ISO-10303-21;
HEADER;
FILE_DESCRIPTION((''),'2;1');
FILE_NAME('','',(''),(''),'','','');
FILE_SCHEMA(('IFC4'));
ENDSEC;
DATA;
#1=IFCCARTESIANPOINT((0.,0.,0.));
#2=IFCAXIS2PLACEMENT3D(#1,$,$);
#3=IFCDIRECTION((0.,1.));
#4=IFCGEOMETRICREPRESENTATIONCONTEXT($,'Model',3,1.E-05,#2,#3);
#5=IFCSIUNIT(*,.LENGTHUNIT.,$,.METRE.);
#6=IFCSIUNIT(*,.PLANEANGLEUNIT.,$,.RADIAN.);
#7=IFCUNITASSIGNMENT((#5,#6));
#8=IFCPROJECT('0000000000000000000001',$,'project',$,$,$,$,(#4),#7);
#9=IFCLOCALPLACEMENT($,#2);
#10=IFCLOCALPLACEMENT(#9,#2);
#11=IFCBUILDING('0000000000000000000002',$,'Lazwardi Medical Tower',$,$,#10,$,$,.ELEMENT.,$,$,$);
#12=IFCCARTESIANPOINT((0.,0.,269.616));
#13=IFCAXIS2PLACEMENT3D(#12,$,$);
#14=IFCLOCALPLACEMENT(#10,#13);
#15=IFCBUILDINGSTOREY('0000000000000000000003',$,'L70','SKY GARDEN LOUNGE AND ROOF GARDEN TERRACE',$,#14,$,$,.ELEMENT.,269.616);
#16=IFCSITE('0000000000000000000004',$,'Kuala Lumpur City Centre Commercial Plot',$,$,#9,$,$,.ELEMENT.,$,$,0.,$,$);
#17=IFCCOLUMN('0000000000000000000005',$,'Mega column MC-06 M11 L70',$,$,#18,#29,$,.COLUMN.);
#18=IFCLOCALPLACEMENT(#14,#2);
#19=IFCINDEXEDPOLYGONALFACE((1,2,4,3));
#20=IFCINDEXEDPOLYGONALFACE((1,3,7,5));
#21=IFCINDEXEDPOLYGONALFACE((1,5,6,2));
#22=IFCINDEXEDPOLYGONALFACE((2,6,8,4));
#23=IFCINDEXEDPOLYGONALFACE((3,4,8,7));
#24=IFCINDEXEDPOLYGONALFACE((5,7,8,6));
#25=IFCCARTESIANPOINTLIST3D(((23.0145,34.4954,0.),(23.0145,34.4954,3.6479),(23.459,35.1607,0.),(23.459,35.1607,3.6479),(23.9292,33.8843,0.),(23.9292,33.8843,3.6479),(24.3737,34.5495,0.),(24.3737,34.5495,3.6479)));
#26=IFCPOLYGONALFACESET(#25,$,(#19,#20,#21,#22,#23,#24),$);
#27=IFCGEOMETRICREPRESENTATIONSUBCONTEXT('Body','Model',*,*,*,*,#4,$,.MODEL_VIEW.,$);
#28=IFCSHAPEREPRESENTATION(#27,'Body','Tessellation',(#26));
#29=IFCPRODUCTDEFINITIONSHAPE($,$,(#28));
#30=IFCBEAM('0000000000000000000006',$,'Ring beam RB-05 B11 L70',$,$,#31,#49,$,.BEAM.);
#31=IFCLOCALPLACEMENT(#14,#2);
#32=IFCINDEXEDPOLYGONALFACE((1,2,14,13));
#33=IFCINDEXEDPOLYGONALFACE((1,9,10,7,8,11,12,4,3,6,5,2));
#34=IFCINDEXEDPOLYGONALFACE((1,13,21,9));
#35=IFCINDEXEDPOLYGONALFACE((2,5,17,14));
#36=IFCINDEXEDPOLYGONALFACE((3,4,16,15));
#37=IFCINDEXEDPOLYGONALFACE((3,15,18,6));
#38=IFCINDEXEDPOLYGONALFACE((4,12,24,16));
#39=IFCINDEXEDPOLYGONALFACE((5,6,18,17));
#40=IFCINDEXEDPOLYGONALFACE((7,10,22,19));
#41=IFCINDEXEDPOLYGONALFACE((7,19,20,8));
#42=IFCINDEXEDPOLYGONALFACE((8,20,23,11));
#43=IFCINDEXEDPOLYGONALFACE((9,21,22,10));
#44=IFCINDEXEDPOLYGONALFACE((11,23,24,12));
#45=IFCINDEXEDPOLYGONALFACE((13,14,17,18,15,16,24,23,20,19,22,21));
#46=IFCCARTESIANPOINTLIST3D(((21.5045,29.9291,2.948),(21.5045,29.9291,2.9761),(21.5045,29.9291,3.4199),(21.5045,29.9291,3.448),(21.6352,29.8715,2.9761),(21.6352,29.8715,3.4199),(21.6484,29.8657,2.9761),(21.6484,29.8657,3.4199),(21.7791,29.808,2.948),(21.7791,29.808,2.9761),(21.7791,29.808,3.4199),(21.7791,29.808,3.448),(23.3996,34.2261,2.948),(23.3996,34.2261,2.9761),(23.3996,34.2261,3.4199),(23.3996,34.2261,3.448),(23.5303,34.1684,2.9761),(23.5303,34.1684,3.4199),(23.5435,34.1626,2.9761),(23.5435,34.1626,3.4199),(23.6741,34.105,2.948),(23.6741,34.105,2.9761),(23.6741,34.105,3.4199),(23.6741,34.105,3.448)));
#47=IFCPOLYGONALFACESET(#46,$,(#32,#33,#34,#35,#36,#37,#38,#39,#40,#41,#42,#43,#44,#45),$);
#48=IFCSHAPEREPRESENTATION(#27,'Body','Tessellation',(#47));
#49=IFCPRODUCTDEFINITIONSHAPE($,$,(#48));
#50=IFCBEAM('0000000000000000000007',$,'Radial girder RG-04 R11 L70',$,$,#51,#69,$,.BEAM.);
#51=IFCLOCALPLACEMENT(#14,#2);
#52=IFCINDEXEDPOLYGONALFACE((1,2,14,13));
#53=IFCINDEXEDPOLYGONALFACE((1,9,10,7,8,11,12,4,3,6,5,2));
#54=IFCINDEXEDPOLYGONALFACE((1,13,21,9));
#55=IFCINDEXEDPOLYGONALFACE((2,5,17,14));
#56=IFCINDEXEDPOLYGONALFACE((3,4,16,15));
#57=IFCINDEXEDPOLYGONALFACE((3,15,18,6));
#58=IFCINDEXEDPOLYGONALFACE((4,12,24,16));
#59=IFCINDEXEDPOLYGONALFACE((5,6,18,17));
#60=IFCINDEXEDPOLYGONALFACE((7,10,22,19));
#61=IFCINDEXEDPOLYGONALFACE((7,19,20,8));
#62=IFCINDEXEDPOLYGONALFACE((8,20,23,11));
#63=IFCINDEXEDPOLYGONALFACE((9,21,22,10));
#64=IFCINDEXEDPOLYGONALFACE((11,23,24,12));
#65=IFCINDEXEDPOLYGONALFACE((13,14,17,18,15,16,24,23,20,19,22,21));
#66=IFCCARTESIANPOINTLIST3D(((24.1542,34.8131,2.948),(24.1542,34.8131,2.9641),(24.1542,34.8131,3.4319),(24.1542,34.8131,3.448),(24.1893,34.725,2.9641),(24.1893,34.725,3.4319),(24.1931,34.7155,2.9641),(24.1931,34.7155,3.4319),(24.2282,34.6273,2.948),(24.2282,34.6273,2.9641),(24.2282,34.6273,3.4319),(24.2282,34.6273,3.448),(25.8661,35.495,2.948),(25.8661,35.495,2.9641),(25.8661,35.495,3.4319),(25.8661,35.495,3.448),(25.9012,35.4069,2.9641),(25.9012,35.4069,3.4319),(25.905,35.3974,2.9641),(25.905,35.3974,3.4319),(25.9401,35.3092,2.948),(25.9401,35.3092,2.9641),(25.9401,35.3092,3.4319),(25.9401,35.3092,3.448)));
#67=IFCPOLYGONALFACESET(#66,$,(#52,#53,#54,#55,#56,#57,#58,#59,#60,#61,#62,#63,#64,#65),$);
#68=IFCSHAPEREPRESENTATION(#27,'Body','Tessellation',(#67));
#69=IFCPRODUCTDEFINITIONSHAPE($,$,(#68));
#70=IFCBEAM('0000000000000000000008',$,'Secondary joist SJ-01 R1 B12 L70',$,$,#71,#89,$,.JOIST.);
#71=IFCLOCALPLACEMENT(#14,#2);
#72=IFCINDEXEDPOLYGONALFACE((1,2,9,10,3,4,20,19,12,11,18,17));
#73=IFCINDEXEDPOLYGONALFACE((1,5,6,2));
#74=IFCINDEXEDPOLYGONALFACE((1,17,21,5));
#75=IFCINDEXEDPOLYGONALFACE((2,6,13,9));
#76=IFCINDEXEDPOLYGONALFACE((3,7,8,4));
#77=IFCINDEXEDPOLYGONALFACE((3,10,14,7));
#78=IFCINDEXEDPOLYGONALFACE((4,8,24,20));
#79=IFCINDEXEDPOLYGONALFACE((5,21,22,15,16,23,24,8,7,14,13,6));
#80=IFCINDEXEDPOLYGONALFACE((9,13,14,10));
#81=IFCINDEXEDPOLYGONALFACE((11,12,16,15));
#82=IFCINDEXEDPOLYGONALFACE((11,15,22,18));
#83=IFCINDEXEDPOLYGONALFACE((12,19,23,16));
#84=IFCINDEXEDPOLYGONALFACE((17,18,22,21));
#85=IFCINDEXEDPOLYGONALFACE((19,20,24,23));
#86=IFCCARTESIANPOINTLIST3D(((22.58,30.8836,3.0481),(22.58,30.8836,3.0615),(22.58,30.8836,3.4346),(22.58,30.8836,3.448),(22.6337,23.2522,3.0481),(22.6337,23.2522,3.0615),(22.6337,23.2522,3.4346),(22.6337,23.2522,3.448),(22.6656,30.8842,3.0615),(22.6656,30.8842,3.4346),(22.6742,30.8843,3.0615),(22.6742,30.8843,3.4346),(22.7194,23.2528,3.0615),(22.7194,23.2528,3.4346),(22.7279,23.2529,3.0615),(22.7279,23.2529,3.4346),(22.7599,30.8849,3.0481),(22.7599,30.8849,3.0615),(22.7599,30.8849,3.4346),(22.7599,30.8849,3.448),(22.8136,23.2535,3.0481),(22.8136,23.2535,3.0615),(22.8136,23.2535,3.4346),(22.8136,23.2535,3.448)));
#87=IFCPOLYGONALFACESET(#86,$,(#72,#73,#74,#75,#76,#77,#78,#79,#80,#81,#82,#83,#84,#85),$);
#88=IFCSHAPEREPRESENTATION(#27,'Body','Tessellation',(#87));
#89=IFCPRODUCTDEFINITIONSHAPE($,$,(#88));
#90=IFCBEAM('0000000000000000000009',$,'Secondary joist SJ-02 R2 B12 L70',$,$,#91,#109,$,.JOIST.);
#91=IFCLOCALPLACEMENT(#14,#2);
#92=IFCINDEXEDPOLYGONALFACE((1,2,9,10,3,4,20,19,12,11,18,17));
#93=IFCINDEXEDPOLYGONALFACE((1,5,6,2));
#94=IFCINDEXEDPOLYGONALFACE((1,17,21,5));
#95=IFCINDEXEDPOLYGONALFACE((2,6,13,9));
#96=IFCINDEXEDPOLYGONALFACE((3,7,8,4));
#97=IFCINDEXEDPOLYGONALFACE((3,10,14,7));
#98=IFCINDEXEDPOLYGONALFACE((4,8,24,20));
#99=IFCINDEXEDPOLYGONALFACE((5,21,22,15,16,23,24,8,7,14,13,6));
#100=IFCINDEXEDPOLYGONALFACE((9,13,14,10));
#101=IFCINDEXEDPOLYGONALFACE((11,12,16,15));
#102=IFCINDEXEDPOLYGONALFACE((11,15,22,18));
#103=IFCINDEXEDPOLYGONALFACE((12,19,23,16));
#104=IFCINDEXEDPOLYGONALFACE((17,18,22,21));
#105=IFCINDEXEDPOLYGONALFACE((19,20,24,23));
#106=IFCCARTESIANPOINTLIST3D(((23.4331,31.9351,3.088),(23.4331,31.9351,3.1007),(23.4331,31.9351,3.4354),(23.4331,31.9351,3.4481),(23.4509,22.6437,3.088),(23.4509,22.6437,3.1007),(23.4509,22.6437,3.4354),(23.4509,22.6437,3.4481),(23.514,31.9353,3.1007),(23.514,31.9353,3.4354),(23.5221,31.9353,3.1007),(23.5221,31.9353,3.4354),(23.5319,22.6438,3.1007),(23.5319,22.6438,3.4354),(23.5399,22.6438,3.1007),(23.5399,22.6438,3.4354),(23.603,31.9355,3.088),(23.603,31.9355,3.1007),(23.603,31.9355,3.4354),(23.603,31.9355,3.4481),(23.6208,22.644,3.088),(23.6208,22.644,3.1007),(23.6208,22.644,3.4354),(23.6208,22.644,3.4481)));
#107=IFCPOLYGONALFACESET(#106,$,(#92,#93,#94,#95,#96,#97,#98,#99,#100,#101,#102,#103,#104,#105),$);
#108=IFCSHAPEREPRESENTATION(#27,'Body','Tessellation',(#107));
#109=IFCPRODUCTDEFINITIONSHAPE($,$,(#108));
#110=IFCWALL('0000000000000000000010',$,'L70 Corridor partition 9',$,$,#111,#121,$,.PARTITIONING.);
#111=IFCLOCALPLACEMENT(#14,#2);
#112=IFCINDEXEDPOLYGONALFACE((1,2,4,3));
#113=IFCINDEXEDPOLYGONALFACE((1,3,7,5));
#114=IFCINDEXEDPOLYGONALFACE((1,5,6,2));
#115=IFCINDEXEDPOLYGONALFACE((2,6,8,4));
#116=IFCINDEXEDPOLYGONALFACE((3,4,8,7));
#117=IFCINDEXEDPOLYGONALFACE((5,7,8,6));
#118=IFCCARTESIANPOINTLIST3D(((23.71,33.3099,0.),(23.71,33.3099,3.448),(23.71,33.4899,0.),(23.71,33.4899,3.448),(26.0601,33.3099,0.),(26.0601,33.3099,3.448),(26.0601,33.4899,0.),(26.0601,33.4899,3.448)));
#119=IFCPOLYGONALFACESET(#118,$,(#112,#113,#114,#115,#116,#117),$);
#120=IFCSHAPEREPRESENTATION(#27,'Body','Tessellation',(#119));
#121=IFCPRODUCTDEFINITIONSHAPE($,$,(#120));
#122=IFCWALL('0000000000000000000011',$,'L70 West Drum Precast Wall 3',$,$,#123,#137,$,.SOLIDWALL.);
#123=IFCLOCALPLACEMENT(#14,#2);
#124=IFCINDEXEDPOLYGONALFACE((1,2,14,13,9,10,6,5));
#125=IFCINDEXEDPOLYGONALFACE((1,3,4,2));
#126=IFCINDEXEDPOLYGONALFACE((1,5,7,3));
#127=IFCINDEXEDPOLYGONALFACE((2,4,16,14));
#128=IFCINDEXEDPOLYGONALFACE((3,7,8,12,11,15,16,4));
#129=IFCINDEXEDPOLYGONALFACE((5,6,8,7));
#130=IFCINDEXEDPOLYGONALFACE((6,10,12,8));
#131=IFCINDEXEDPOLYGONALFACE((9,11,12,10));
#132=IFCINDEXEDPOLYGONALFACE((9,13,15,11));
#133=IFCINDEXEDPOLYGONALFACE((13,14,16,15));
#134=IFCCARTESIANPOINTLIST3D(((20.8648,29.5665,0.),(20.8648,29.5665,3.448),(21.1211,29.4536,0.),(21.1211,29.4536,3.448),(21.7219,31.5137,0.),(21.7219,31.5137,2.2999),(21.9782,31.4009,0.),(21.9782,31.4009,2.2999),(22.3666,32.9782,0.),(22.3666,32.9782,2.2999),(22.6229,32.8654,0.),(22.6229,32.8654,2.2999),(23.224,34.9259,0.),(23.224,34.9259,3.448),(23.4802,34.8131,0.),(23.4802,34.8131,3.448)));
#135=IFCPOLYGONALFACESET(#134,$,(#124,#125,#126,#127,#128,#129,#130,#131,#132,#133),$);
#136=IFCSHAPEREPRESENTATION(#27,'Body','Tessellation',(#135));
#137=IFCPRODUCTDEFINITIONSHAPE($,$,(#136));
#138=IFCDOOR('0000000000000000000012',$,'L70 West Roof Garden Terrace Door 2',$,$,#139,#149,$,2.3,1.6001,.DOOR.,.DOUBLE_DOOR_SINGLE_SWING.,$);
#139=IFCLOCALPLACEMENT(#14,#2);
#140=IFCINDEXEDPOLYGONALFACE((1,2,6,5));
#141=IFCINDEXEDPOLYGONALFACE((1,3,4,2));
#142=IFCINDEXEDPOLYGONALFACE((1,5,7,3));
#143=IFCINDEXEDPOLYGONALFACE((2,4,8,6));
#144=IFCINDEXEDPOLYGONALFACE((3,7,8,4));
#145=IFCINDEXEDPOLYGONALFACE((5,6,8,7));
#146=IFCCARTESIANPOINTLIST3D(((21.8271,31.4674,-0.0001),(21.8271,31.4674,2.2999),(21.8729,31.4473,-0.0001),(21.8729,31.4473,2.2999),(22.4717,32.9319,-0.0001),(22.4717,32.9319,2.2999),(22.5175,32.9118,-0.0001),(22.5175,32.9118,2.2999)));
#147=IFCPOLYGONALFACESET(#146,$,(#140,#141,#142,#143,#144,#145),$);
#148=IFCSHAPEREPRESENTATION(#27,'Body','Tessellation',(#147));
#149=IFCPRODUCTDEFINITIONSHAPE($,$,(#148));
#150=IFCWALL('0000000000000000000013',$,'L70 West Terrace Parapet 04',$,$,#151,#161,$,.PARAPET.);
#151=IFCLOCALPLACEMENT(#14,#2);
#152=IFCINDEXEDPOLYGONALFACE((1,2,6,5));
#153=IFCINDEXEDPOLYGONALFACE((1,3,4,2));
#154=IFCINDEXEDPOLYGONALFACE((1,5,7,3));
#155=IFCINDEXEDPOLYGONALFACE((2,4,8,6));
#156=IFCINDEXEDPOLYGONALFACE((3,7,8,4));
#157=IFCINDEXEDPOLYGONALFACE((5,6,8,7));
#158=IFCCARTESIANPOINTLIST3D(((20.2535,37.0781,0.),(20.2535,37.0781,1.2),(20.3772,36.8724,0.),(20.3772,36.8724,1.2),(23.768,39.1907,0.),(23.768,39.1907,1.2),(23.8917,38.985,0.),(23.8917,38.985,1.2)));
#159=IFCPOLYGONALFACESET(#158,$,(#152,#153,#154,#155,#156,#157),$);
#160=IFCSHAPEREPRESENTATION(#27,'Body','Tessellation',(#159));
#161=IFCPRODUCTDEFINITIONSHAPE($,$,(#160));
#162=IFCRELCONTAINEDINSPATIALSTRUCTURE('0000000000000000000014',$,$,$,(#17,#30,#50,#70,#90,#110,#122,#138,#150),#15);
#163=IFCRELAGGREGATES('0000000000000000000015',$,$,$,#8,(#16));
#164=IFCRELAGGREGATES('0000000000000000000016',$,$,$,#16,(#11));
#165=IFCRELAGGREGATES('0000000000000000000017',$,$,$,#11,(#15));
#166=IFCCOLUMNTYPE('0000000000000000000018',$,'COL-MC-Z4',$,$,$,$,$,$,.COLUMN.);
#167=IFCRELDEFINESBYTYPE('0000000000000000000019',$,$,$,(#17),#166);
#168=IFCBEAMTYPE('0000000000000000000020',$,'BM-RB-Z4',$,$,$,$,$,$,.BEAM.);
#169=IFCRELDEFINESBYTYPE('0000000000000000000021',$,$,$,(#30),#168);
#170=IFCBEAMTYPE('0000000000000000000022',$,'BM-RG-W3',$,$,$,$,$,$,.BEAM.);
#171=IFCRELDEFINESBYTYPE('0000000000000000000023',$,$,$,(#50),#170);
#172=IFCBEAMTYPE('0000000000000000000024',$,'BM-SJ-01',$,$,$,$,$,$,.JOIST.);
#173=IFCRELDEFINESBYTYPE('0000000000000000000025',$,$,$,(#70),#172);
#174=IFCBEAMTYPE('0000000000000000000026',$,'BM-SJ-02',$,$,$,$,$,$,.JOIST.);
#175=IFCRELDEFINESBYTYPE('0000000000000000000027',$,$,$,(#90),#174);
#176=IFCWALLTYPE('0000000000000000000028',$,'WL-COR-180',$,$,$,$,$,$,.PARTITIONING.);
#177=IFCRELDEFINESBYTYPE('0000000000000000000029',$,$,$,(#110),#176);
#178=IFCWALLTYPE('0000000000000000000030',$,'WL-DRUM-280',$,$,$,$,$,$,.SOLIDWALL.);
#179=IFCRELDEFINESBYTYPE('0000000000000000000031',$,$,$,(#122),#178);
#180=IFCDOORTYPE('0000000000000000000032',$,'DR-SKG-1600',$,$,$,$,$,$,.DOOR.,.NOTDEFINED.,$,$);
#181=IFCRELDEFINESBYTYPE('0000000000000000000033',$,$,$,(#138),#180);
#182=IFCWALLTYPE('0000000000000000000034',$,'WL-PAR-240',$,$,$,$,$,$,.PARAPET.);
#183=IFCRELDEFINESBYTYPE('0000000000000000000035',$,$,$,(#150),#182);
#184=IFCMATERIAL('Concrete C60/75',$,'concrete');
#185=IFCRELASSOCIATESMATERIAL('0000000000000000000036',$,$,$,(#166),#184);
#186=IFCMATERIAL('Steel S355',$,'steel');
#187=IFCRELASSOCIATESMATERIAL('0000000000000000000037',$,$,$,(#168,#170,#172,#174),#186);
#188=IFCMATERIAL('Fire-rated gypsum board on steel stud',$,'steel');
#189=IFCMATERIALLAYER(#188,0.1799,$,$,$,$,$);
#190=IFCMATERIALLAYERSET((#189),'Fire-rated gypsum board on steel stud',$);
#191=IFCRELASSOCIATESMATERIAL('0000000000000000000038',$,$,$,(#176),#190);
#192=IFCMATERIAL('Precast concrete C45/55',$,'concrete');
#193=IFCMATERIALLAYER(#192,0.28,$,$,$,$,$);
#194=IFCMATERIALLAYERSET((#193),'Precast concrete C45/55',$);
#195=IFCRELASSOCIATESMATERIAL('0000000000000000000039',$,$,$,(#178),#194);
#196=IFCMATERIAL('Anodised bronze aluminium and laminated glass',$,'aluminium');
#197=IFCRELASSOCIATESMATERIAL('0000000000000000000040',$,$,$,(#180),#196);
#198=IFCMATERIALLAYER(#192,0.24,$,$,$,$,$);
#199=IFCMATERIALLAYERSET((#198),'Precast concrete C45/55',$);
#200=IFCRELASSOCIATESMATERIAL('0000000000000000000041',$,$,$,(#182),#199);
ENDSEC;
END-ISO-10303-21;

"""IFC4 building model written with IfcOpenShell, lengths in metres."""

from ifc_helpers import new_model, si_unit, direction, frame, frame_2d, origin, origin_2d, place, context, subcontext, project, spatial, rectangle, i_section, extrude, material, layer, layer_set, material_profile, profile_set, type_object, element, fill, save


model = new_model("IFC4")

# Units and contexts
model_context = context("Model", 3, precision=1e-05, world=origin(), true_north=direction((0.0, 1.0)))
body_context = subcontext(model_context, "Body", "Model", "MODEL_VIEW")
ifc_project = project(units=[si_unit("LENGTHUNIT", "METRE"), si_unit("PLANEANGLEUNIT", "RADIAN")], contexts=[model_context])

# Site, building, storey
site_placement = place(None, origin())
site = spatial("IfcSite", under=ifc_project, at=site_placement, Name="Kuala Lumpur City Centre Commercial Plot", CompositionType="ELEMENT", RefElevation=0.0)
building_placement = place(site_placement, origin())
building = spatial("IfcBuilding", under=site, at=building_placement, Name="Lazwardi Medical Tower", CompositionType="ELEMENT")
storey_placement = place(building_placement, frame((0.0, 0.0, 269.616)))
storey = spatial("IfcBuildingStorey", under=building, at=storey_placement, Name="L70", Description="SKY GARDEN LOUNGE AND ROOF GARDEN TERRACE", CompositionType="ELEMENT", Elevation=269.616)

# Column
ifc_material_1 = material(Name="Concrete C60/75", Category="concrete")
ifc_material_profile_1 = material_profile(ifc_material_1, rectangle(XDim=1.1001, YDim=0.8, at=origin_2d()), Name="CFT-RECT 1100x800")
ifc_profile_set_1 = profile_set([ifc_material_profile_1], Name="Concrete C60/75")
column_type = type_object("IfcColumnType", Name="COL-MC-Z4", PredefinedType="COLUMN", material=ifc_profile_set_1)
column_placement = place(storey_placement, frame((23.6941, 34.5225, 0.0), z_axis=(0.0, 0.0, 1.0), x_axis=(-0.83147, 0.55557, 0.0)))
element("IfcColumn", 1, at=column_placement, inside=storey, type_object=column_type, Name="Mega column MC-06 M11 L70", PredefinedType="COLUMN", context=body_context, shape_type="SweptSolid", body=[
    extrude(rectangle(XDim=1.1001, YDim=0.8, at=origin_2d()), origin(), (0.0, 0.0, 1.0), 3.6479),
])

# Beams
ifc_material_2 = material(Name="Steel S355", Category="steel")
ifc_material_profile_2 = material_profile(ifc_material_2, i_section(OverallWidth=0.3, OverallDepth=0.5, WebThickness=0.0144, FlangeThickness=0.0281, at=origin_2d()), Name="HEB 500")
ifc_profile_set_2 = profile_set([ifc_material_profile_2], Name="Steel S355")
beam_type_1 = type_object("IfcBeamType", Name="BM-RB-Z4", PredefinedType="BEAM", material=ifc_profile_set_2)
beam_1_placement = place(storey_placement, frame((23.5369, 34.1655, 3.198), z_axis=(-0.403522, -0.91497, 0.0), x_axis=(0.91497, -0.403522, 0.0)))
element("IfcBeam", 2, at=beam_1_placement, inside=storey, type_object=beam_type_1, Name="Ring beam RB-05 B11 L70", PredefinedType="BEAM", context=body_context, shape_type="SweptSolid", body=[
    extrude(i_section(OverallWidth=0.3, OverallDepth=0.5, WebThickness=0.0144, FlangeThickness=0.0281, at=origin_2d()), origin(), (0.0, 0.0, 1.0), 4.6963),
])
ifc_material_profile_3 = material_profile(ifc_material_2, i_section(OverallWidth=0.2, OverallDepth=0.5, WebThickness=0.0103, FlangeThickness=0.0161, at=origin_2d()), Name="IPE 500")
ifc_profile_set_3 = profile_set([ifc_material_profile_3], Name="Steel S355")
beam_type_2 = type_object("IfcBeamType", Name="BM-RG-W3", PredefinedType="BEAM", material=ifc_profile_set_3)
beam_2_placement = place(storey_placement, frame((24.1912, 34.7202, 3.198), z_axis=(0.929015, 0.370043, 0.0), x_axis=(-0.370043, 0.929015, 0.0)))
element("IfcBeam", 3, at=beam_2_placement, inside=storey, type_object=beam_type_2, Name="Radial girder RG-04 R11 L70", PredefinedType="BEAM", context=body_context, shape_type="SweptSolid", body=[
    extrude(i_section(OverallWidth=0.2, OverallDepth=0.5, WebThickness=0.0103, FlangeThickness=0.0161, at=origin_2d()), origin(), (0.0, 0.0, 1.0), 1.8428),
])
ifc_material_profile_4 = material_profile(ifc_material_2, i_section(OverallWidth=0.1799, OverallDepth=0.3999, WebThickness=0.0085, FlangeThickness=0.0134, at=origin_2d()), Name="IPE 400")
ifc_profile_set_4 = profile_set([ifc_material_profile_4], Name="Steel S355")
beam_type_3 = type_object("IfcBeamType", Name="BM-SJ-01", PredefinedType="JOIST", material=ifc_profile_set_4)
beam_3_placement = place(storey_placement, frame((22.6699, 30.8843, 3.248), z_axis=(0.007038, -0.999975, 0.0), x_axis=(0.999975, 0.007038, 0.0)))
element("IfcBeam", 4, at=beam_3_placement, inside=storey, type_object=beam_type_3, Name="Secondary joist SJ-01 R1 B12 L70", PredefinedType="JOIST", context=body_context, shape_type="SweptSolid", body=[
    extrude(i_section(OverallWidth=0.1799, OverallDepth=0.3999, WebThickness=0.0085, FlangeThickness=0.0134, at=origin_2d()), origin(), (0.0, 0.0, 1.0), 7.6316),
])
ifc_material_profile_5 = material_profile(ifc_material_2, i_section(OverallWidth=0.1699, OverallDepth=0.3601, WebThickness=0.0081, FlangeThickness=0.0127, at=origin_2d()), Name="IPE 360")
ifc_profile_set_5 = profile_set([ifc_material_profile_5], Name="Steel S355")
beam_type_4 = type_object("IfcBeamType", Name="BM-SJ-02", PredefinedType="JOIST", material=ifc_profile_set_5)
beam_4_placement = place(storey_placement, frame((23.5181, 31.9353, 3.2681), z_axis=(0.001918, -0.999998, 0.0), x_axis=(0.999998, 0.001918, 0.0)))
element("IfcBeam", 5, at=beam_4_placement, inside=storey, type_object=beam_type_4, Name="Secondary joist SJ-02 R2 B12 L70", PredefinedType="JOIST", context=body_context, shape_type="SweptSolid", body=[
    extrude(i_section(OverallWidth=0.1699, OverallDepth=0.3601, WebThickness=0.0081, FlangeThickness=0.0127, at=origin_2d()), origin(), (0.0, 0.0, 1.0), 9.2915),
])

# Wall
ifc_material_3 = material(Name="Fire-rated gypsum board on steel stud", Category="steel")
ifc_layer_1 = layer(ifc_material_3, 0.1799)
ifc_layer_set_1 = layer_set([ifc_layer_1], Name="Fire-rated gypsum board on steel stud")
wall_type_1 = type_object("IfcWallType", Name="WL-COR-180", PredefinedType="PARTITIONING", material=ifc_layer_set_1)
wall_1_placement = place(storey_placement, frame((23.71, 33.3999, 0.0), z_axis=(0.0, 0.0, 1.0), x_axis=(1.0, 0.0, 0.0)))
element("IfcWall", 6, at=wall_1_placement, inside=storey, type_object=wall_type_1, Name="L70 Corridor partition 9", PredefinedType="PARTITIONING", context=body_context, shape_type="SweptSolid", body=[
    extrude(rectangle(XDim=2.3501, YDim=0.1799, at=frame_2d((1.175, 0.0))), origin(), (0.0, 0.0, 1.0), 3.448),
])

# Wall, opening, door
ifc_material_4 = material(Name="Precast concrete C45/55", Category="concrete")
ifc_layer_2 = layer(ifc_material_4, 0.28)
ifc_layer_set_2 = layer_set([ifc_layer_2], Name="Precast concrete C45/55")
wall_type_2 = type_object("IfcWallType", Name="WL-DRUM-280", PredefinedType="SOLIDWALL", material=ifc_layer_set_2)
wall_2_placement = place(storey_placement, frame((23.3521, 34.8694, 0.0), z_axis=(0.0, 0.0, 1.0), x_axis=(-0.402883, -0.915252, 0.0)))
wall_2 = element("IfcWall", 7, at=wall_2_placement, inside=storey, type_object=wall_type_2, Name="L70 West Drum Precast Wall 3", PredefinedType="SOLIDWALL", context=body_context, shape_type="SweptSolid", body=[
    extrude(rectangle(XDim=5.8557, YDim=0.28, at=frame_2d((2.9277, 0.0))), origin(), (0.0, 0.0, 1.0), 3.448),
])
opening_placement = place(wall_2_placement, frame((2.1279, 0.0, 0.0)))
opening = element("IfcOpeningElement", 8, at=opening_placement, cuts=wall_2, PredefinedType="OPENING", context=body_context, shape_type="SweptSolid", body=[
    extrude(rectangle(XDim=1.6001, YDim=2.3, at=frame_2d((0.8, 1.1499))), frame((0.0, 0.1499, 0.0), z_axis=(0.0, -1.0, 0.0), x_axis=(1.0, 0.0, 0.0)), (0.0, 0.0, 1.0), 0.3),
])
ifc_material_5 = material(Name="Anodised bronze aluminium and laminated glass", Category="aluminium")
door_type = type_object("IfcDoorType", Name="DR-SKG-1600", OperationType="NOTDEFINED", PredefinedType="DOOR", material=ifc_material_5)
door_placement = place(opening_placement, origin())
door = element("IfcDoor", 9, at=door_placement, inside=storey, type_object=door_type, Name="L70 West Roof Garden Terrace Door 2", OperationType="DOUBLE_DOOR_SINGLE_SWING", OverallHeight=2.3, OverallWidth=1.6001, PredefinedType="DOOR", context=body_context, shape_type="SweptSolid", body=[
    extrude(rectangle(XDim=1.6001, YDim=2.3, at=frame_2d((0.8, 1.1499))), frame((0.0, 0.0249, 0.0), z_axis=(0.0, -1.0, 0.0), x_axis=(1.0, 0.0, 0.0)), (0.0, 0.0, 1.0), 0.05),
])
fill(opening, door)

# Wall
ifc_layer_3 = layer(ifc_material_4, 0.24)
ifc_layer_set_3 = layer_set([ifc_layer_3], Name="Precast concrete C45/55")
wall_type_3 = type_object("IfcWallType", Name="WL-PAR-240", PredefinedType="PARAPET", material=ifc_layer_set_3)
wall_3_placement = place(storey_placement, frame((23.8298, 39.0879, 0.0), z_axis=(0.0, 0.0, 1.0), x_axis=(-0.857072, -0.515196, 0.0)))
element("IfcWall", 10, at=wall_3_placement, inside=storey, type_object=wall_type_3, Name="L70 West Terrace Parapet 04", PredefinedType="PARAPET", context=body_context, shape_type="SweptSolid", body=[
    extrude(rectangle(XDim=4.1006, YDim=0.24, at=frame_2d((2.0503, 0.0))), origin(), (0.0, 0.0, 1.0), 1.2),
])

save(model, "model.ifc")
